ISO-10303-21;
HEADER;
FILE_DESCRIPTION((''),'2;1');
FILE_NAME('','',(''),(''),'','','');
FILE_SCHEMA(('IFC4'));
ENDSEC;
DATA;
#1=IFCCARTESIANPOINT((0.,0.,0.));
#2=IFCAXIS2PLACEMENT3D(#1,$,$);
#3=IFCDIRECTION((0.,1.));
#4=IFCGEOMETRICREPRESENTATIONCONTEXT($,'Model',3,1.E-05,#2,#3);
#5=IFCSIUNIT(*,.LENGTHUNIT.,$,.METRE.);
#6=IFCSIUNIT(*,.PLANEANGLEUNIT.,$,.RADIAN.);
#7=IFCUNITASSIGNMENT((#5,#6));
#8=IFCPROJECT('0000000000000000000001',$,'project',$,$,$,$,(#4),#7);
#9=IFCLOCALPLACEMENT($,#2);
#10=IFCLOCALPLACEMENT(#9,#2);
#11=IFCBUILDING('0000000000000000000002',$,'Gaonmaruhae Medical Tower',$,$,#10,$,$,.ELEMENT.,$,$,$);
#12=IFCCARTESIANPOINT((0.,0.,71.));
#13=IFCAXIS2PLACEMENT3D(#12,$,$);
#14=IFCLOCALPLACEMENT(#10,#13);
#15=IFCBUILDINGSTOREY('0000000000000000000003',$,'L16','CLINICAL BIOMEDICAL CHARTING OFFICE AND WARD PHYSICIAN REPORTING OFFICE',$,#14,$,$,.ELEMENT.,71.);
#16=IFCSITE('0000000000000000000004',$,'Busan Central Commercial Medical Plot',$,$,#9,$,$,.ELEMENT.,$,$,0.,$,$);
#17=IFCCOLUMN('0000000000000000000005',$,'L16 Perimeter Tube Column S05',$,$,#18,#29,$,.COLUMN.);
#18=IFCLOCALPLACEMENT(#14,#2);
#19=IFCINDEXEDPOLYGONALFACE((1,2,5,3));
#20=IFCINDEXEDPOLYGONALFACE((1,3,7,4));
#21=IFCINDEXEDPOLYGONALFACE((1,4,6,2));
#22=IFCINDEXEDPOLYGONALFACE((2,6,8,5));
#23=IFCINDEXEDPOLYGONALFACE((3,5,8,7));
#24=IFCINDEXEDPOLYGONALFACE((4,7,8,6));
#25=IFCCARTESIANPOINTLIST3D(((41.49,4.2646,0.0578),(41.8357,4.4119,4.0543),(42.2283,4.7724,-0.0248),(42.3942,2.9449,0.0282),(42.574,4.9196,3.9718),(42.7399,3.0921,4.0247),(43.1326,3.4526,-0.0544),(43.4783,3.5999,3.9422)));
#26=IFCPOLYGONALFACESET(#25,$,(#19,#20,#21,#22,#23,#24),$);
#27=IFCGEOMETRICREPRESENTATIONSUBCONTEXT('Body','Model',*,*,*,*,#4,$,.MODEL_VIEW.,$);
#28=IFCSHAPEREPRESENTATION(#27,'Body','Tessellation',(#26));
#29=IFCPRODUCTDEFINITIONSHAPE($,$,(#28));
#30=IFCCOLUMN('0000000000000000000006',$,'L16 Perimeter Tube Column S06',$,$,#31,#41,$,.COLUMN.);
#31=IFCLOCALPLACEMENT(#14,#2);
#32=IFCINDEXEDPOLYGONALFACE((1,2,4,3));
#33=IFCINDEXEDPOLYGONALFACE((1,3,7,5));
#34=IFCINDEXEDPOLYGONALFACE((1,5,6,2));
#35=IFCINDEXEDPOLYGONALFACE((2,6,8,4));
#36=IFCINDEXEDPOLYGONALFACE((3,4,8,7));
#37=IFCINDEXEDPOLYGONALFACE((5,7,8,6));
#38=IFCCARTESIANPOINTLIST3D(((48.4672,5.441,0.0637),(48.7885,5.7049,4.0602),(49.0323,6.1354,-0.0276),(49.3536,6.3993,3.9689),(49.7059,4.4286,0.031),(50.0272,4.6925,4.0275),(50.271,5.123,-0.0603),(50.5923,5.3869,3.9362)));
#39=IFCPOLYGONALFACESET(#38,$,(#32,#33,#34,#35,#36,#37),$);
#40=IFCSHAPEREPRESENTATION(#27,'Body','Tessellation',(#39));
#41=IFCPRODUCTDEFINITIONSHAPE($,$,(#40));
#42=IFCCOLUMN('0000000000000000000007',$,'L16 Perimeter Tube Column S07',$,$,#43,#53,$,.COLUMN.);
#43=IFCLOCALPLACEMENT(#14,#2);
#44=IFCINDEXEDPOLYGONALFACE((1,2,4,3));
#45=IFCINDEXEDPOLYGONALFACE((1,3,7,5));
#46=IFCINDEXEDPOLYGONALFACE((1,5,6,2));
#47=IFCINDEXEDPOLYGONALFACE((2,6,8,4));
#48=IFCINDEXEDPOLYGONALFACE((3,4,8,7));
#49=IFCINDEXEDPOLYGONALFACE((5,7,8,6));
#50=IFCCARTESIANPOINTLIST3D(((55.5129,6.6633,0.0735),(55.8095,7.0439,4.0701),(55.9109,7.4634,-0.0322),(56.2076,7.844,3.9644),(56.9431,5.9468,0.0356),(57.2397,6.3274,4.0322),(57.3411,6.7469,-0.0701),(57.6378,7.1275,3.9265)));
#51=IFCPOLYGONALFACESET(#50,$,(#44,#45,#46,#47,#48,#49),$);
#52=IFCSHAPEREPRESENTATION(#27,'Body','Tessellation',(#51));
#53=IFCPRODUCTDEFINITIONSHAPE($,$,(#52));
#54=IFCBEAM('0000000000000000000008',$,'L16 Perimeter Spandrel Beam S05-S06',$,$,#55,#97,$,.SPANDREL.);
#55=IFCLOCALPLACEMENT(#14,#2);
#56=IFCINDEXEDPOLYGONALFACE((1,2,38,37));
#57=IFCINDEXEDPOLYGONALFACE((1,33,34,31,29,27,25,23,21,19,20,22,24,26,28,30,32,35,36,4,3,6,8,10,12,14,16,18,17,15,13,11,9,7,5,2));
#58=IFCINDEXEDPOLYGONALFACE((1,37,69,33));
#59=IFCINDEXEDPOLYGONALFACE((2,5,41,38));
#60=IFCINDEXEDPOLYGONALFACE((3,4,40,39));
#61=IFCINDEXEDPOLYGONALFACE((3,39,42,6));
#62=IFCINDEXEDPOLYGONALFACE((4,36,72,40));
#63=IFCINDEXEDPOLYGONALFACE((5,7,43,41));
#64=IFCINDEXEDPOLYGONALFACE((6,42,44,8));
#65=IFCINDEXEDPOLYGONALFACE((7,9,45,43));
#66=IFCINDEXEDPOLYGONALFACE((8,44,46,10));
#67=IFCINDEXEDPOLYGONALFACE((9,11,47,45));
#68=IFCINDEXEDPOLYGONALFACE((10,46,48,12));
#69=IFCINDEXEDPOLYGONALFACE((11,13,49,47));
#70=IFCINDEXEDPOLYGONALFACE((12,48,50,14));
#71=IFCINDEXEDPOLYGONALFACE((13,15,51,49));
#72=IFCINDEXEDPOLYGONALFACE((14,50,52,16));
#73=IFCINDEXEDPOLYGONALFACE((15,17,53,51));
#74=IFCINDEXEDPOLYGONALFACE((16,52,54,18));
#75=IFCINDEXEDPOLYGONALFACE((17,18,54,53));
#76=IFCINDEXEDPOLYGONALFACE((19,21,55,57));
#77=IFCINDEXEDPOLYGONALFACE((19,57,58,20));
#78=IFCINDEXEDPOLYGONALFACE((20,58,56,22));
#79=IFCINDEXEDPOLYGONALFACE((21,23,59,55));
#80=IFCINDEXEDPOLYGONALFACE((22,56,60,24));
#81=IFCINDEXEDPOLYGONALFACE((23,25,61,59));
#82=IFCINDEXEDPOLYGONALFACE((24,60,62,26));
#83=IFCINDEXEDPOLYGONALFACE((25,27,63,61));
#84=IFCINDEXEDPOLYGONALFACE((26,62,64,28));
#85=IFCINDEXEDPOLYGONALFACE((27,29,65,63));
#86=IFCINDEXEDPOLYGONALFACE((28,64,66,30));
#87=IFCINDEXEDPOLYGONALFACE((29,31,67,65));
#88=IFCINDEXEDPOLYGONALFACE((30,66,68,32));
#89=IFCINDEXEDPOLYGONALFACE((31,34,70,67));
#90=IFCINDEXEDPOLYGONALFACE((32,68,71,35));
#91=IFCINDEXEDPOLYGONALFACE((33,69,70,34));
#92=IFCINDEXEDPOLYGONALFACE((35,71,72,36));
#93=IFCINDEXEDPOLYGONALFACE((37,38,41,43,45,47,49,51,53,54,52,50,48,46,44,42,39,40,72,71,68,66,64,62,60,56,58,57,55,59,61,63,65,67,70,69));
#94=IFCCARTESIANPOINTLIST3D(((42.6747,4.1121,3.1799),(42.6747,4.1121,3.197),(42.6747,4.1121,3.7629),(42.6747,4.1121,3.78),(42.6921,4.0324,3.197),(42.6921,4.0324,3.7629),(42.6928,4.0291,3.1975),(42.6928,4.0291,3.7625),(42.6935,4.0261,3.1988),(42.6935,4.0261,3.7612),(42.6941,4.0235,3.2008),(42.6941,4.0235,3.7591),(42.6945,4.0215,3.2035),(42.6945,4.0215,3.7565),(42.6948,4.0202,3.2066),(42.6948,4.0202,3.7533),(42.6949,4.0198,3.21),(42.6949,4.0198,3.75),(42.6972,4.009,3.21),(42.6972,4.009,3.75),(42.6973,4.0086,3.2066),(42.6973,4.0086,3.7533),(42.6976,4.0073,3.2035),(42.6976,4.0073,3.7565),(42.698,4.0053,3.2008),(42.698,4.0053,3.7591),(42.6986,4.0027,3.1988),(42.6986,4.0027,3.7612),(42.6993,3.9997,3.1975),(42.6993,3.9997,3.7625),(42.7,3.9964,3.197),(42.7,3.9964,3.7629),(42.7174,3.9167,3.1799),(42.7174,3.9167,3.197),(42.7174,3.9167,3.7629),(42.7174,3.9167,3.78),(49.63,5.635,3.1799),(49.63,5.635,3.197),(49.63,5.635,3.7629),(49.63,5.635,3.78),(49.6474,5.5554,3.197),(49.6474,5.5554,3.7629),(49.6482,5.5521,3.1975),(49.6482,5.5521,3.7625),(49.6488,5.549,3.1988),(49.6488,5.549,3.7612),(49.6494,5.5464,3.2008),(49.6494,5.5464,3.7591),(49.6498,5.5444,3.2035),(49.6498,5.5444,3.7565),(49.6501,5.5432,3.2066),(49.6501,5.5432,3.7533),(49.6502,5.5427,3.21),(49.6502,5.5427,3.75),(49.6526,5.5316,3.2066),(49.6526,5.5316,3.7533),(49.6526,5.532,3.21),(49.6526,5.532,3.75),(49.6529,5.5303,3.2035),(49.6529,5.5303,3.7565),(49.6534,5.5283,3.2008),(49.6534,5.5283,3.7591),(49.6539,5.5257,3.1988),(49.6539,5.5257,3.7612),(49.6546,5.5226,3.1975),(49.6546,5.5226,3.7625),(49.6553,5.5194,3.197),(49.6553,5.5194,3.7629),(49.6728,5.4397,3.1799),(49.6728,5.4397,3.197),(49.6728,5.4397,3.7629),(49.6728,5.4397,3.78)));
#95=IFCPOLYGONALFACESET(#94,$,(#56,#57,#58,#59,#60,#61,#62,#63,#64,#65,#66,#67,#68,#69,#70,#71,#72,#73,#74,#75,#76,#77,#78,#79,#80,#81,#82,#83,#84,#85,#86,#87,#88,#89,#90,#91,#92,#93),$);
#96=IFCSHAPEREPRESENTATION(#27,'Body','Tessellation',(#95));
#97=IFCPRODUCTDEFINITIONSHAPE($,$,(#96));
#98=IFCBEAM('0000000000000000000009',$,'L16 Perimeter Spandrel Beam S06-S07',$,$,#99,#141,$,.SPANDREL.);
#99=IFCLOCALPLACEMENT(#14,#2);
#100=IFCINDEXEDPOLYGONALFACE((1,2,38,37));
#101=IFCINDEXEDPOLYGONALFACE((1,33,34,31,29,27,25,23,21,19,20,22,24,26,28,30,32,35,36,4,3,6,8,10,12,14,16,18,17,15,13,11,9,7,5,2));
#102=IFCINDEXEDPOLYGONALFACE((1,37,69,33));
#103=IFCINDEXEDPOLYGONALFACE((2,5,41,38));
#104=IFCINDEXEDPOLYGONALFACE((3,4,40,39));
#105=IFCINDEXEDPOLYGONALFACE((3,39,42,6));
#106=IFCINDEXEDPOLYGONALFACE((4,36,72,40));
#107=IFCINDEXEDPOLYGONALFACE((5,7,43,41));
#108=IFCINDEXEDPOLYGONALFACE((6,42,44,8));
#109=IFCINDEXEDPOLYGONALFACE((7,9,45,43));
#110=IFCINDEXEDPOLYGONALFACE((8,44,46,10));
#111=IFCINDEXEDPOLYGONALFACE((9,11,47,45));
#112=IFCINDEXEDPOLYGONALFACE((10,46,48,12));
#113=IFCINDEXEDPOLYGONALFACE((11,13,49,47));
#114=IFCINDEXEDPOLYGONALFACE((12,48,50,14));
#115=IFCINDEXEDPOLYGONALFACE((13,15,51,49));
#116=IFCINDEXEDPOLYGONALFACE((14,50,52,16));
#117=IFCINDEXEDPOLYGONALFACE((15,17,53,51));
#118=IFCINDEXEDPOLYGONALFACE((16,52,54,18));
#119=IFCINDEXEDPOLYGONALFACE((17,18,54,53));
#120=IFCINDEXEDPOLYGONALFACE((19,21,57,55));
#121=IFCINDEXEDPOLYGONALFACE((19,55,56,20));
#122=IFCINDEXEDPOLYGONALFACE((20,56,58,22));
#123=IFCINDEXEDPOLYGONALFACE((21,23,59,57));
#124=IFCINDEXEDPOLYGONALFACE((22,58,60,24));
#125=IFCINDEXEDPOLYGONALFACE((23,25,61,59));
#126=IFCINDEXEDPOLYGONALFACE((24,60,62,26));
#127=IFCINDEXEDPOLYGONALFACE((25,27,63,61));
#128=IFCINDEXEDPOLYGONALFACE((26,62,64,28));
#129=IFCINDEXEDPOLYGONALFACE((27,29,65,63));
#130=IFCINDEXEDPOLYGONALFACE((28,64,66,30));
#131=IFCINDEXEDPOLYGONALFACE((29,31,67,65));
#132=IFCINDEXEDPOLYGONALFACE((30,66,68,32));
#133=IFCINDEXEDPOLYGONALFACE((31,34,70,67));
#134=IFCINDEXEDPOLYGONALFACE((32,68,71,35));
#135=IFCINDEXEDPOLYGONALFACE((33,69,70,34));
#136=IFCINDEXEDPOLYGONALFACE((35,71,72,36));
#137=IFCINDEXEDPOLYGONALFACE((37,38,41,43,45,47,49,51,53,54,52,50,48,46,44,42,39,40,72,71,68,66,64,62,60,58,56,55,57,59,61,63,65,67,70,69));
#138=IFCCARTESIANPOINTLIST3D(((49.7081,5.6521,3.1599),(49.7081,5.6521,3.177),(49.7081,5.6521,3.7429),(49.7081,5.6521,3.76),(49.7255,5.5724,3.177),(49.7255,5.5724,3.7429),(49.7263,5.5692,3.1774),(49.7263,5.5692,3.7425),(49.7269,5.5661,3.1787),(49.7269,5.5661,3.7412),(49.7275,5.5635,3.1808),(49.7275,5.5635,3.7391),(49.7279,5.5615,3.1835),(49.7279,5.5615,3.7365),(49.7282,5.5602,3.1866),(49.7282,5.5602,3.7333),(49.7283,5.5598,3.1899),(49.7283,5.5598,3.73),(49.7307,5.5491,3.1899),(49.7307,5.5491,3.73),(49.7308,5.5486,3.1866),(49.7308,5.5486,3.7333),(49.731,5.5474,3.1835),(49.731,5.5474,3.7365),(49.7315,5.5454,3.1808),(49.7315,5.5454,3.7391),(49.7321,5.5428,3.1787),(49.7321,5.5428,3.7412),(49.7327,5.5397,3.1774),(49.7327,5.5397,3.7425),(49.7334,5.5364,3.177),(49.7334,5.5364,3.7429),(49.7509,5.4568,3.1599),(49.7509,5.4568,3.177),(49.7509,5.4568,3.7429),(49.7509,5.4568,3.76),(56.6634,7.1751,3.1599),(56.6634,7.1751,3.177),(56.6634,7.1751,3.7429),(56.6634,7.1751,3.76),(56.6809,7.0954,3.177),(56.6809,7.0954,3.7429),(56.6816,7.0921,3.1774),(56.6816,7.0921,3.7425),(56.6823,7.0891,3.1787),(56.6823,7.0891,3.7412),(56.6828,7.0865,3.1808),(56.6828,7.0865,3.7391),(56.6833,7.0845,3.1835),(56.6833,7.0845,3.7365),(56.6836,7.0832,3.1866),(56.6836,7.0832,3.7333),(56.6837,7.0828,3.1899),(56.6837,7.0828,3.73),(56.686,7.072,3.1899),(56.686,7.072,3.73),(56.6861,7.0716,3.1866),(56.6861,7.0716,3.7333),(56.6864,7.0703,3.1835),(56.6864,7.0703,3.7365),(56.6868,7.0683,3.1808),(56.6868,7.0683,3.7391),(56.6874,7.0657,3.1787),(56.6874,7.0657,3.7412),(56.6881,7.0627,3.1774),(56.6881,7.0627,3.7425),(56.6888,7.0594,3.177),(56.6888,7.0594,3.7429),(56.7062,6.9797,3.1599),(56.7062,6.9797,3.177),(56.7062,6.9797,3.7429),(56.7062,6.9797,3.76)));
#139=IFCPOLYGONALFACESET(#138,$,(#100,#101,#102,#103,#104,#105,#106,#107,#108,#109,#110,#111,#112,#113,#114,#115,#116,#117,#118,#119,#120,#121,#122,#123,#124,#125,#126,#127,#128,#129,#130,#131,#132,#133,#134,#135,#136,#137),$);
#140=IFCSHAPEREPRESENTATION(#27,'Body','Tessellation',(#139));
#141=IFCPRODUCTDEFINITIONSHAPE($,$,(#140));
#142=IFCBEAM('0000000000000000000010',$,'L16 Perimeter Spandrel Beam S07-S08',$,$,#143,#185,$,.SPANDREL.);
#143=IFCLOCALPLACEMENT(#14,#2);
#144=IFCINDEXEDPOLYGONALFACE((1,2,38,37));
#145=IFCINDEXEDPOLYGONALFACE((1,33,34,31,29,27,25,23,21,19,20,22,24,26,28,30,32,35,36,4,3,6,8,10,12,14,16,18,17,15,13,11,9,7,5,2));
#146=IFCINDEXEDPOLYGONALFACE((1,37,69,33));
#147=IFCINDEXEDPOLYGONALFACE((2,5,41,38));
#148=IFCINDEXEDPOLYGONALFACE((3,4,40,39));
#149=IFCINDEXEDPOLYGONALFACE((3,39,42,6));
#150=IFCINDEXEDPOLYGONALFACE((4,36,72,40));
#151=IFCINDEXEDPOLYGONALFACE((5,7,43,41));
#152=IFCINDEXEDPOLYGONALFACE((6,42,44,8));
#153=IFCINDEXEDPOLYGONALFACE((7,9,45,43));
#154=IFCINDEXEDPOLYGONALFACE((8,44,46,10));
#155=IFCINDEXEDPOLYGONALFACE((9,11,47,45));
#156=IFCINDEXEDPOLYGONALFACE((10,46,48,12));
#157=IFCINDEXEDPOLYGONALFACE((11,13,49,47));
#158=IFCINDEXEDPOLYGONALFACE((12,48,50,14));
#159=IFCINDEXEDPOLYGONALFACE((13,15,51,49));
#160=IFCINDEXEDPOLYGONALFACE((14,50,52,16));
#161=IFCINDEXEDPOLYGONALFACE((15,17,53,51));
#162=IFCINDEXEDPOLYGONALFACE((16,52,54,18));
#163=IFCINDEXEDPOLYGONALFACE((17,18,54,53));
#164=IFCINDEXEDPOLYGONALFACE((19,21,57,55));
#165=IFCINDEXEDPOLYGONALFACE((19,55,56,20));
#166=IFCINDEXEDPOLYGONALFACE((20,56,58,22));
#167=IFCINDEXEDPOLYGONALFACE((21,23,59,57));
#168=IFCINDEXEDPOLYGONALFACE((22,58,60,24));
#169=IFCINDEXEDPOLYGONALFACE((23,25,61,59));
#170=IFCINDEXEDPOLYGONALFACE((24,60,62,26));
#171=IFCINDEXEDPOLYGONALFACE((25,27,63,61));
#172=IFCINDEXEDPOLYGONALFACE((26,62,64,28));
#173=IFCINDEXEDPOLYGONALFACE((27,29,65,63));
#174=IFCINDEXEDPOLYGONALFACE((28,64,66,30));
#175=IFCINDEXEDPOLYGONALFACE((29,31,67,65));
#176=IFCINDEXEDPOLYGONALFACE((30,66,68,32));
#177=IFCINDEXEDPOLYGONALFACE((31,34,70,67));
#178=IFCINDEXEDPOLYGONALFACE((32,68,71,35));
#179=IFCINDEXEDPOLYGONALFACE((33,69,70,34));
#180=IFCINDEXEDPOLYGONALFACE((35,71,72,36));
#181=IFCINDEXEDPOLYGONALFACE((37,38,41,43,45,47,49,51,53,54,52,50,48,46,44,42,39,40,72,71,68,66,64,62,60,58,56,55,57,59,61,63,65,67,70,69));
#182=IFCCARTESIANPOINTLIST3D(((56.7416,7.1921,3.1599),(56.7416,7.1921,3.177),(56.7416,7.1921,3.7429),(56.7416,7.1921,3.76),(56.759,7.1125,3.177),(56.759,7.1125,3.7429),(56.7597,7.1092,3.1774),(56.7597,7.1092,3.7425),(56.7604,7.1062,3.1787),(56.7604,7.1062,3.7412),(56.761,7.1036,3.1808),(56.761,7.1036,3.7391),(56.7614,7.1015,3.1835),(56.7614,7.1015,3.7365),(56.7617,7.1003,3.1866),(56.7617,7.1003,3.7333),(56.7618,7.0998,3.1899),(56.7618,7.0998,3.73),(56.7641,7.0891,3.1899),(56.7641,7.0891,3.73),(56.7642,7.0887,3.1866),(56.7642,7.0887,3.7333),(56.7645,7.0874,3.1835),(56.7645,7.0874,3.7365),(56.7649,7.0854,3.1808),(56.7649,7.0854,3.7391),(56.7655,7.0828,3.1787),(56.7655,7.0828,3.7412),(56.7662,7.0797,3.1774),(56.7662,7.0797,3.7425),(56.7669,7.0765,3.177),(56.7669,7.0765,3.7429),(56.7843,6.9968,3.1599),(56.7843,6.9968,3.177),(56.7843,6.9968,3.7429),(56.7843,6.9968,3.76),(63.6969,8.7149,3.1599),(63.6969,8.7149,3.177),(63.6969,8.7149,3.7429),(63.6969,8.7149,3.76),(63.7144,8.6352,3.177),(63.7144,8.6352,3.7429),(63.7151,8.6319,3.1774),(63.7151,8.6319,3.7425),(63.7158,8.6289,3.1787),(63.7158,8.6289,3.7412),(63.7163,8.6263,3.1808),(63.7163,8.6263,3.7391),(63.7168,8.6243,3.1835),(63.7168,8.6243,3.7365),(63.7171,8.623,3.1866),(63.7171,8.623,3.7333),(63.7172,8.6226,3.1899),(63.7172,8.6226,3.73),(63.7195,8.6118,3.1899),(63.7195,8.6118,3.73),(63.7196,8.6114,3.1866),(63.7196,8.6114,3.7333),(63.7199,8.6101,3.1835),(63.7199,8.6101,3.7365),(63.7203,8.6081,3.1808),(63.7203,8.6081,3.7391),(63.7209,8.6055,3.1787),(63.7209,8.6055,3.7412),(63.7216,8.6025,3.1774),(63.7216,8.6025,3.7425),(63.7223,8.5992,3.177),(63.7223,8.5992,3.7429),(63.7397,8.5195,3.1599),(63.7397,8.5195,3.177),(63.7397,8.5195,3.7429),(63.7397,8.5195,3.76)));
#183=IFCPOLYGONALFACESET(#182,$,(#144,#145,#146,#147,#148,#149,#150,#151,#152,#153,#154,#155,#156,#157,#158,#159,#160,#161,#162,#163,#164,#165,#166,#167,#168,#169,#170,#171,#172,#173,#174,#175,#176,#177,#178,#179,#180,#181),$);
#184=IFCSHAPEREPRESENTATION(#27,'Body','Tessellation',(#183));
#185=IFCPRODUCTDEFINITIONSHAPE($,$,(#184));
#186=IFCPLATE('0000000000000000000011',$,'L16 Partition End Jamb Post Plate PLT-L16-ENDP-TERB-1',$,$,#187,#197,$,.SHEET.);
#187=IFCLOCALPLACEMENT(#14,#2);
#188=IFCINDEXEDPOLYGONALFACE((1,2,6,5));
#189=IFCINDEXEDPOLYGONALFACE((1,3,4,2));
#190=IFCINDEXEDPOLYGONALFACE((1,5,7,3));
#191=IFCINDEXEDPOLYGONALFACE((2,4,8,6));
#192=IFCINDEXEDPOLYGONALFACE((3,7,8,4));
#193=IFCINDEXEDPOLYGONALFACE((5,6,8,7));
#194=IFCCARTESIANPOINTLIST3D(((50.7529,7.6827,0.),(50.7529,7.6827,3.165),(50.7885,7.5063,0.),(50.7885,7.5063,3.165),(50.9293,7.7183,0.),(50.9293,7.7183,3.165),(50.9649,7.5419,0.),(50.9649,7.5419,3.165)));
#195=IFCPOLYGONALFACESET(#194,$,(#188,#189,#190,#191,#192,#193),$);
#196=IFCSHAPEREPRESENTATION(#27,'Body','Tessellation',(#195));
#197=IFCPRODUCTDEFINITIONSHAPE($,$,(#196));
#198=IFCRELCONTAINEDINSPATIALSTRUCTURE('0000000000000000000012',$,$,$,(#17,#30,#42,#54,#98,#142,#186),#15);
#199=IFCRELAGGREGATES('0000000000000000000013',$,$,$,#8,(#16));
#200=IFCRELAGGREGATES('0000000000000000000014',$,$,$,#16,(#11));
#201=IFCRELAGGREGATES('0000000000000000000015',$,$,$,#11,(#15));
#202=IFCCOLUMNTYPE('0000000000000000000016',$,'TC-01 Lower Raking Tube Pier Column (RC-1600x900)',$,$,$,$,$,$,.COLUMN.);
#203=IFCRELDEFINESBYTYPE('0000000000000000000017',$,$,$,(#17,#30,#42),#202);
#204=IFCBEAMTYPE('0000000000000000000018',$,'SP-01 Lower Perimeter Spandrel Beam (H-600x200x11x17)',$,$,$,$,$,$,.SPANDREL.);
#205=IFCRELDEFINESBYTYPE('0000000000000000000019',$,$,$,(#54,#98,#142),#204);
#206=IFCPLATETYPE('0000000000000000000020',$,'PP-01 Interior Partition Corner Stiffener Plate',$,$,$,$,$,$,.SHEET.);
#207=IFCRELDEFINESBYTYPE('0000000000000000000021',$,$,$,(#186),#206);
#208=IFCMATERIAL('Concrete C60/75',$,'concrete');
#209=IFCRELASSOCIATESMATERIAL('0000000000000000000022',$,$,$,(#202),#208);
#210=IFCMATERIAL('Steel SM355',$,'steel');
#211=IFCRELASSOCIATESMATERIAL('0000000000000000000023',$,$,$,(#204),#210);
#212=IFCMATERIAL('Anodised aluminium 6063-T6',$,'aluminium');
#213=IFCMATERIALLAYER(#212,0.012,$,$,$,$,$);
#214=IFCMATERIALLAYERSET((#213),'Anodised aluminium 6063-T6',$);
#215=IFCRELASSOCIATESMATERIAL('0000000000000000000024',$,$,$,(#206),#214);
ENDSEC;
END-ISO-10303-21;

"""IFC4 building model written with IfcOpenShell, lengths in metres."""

from ifc_helpers import new_model, si_unit, direction, frame, origin, origin_2d, place, context, subcontext, project, spatial, rectangle, i_section, extrude, material, layer, layer_set, material_profile, profile_set, type_object, element, save


model = new_model("IFC4")

# Units and contexts
model_context = context("Model", 3, precision=1e-05, world=origin(), true_north=direction((0.0, 1.0)))
body_context = subcontext(model_context, "Body", "Model", "MODEL_VIEW")
ifc_project = project(units=[si_unit("LENGTHUNIT", "METRE"), si_unit("PLANEANGLEUNIT", "RADIAN")], contexts=[model_context])

# Site, building, storey
site_placement = place(None, origin())
site = spatial("IfcSite", under=ifc_project, at=site_placement, Name="Busan Central Commercial Medical Plot", CompositionType="ELEMENT", RefElevation=0.0)
building_placement = place(site_placement, origin())
building = spatial("IfcBuilding", under=site, at=building_placement, Name="Gaonmaruhae Medical Tower", CompositionType="ELEMENT")
storey_placement = place(building_placement, frame((0.0, 0.0, 71.0)))
storey = spatial("IfcBuildingStorey", under=building, at=storey_placement, Name="L16", Description="CLINICAL BIOMEDICAL CHARTING OFFICE AND WARD PHYSICIAN REPORTING OFFICE", CompositionType="ELEMENT", Elevation=71.0)

# Columns
ifc_material_1 = material(Name="Concrete C60/75", Category="concrete")
ifc_material_profile_1 = material_profile(ifc_material_1, rectangle(XDim=1.6001, YDim=0.8999, at=origin_2d()), Name="RC-1600x900")
ifc_profile_set_1 = profile_set([ifc_material_profile_1], Name="Concrete C60/75")
column_type = type_object("IfcColumnType", Name="TC-01 Lower Raking Tube Pier Column (RC-1600x900)", PredefinedType="COLUMN", material=ifc_profile_set_1)
column_1_placement = place(storey_placement, frame((42.3113, 3.8586, 0.0017), z_axis=(0.08612, 0.036674, 0.99561), x_axis=(-0.565127, 0.824796, 0.018501)))
element("IfcColumn", 1, at=column_1_placement, inside=storey, type_object=column_type, Name="L16 Perimeter Tube Column S05", PredefinedType="COLUMN", context=body_context, shape_type="SweptSolid", body=[
    extrude(rectangle(XDim=1.6001, YDim=0.8999, at=origin_2d()), origin(), (0.0, 0.0, 1.0), 4.0142),
])
column_2_placement = place(storey_placement, frame((49.3691, 5.282, 0.0017), z_axis=(0.079959, 0.065681, 0.994632), x_axis=(-0.774132, 0.632694, 0.020453)))
element("IfcColumn", 2, at=column_2_placement, inside=storey, type_object=column_type, Name="L16 Perimeter Tube Column S06", PredefinedType="COLUMN", context=body_context, shape_type="SweptSolid", body=[
    extrude(rectangle(XDim=1.6001, YDim=0.8999, at=origin_2d()), origin(), (0.0, 0.0, 1.0), 4.0181),
])
column_3_placement = place(storey_placement, frame((56.427, 6.7051, 0.0017), z_axis=(0.073686, 0.094548, 0.992789), x_axis=(-0.893817, 0.447805, 0.023693)))
element("IfcColumn", 3, at=column_3_placement, inside=storey, type_object=column_type, Name="L16 Perimeter Tube Column S07", PredefinedType="COLUMN", context=body_context, shape_type="SweptSolid", body=[
    extrude(rectangle(XDim=1.6001, YDim=0.8999, at=origin_2d()), origin(), (0.0, 0.0, 1.0), 4.0256),
])

# Beams
ifc_material_2 = material(Name="Steel SM355", Category="steel")
ifc_material_profile_2 = material_profile(ifc_material_2, i_section(OverallWidth=0.2, OverallDepth=0.6001, WebThickness=0.011, FlangeThickness=0.0171, FilletRadius=0.0129, at=origin_2d()), Name="H-600x200x11x17")
ifc_profile_set_2 = profile_set([ifc_material_profile_2], Name="Steel SM355")
beam_type = type_object("IfcBeamType", Name="SP-01 Lower Perimeter Spandrel Beam (H-600x200x11x17)", PredefinedType="SPANDREL", material=ifc_profile_set_2)
for number, where, z_axis, x_axis, name in (
    (4, (42.696, 4.0144, 3.48), (0.976857, 0.213894, 0.0), (-0.213894, 0.976857, 0.0), "L16 Perimeter Spandrel Beam S05-S06"),
    (5, (49.7295, 5.5544, 3.46), (0.976857, 0.213894, 0.0), (-0.213894, 0.976857, 0.0), "L16 Perimeter Spandrel Beam S06-S07"),
    (6, (56.7629, 7.0945, 3.46), (0.976864, 0.213862, 0.0), (-0.213862, 0.976864, 0.0), "L16 Perimeter Spandrel Beam S07-S08"),
):
    element("IfcBeam", number, at=place(storey_placement, frame(where, z_axis=z_axis, x_axis=x_axis)), inside=storey, type_object=beam_type, Name=name, PredefinedType="SPANDREL", context=body_context, shape_type="SweptSolid", body=[
        extrude(i_section(OverallWidth=0.2, OverallDepth=0.6001, WebThickness=0.011, FlangeThickness=0.0171, FilletRadius=0.0129, at=origin_2d()), origin(), (0.0, 0.0, 1.0), 7.1201),
    ])

# Plate
ifc_material_3 = material(Name="Anodised aluminium 6063-T6", Category="aluminium")
ifc_layer_1 = layer(ifc_material_3, 0.012)
ifc_layer_set_1 = layer_set([ifc_layer_1], Name="Anodised aluminium 6063-T6")
plate_type = type_object("IfcPlateType", Name="PP-01 Interior Partition Corner Stiffener Plate", PredefinedType="SHEET", material=ifc_layer_set_1)
plate_placement = place(storey_placement, frame((50.8589, 7.6123, 0.0), z_axis=(0.0, 0.0, 1.0), x_axis=(-0.980271, -0.197657, 0.0)))
element("IfcPlate", 7, at=plate_placement, inside=storey, type_object=plate_type, Name="L16 Partition End Jamb Post Plate PLT-L16-ENDP-TERB-1", PredefinedType="SHEET", context=body_context, shape_type="SweptSolid", body=[
    extrude(rectangle(XDim=0.1799, YDim=0.1799, at=origin_2d()), origin(), (0.0, 0.0, 1.0), 3.165),
])

save(model, "model.ifc")
